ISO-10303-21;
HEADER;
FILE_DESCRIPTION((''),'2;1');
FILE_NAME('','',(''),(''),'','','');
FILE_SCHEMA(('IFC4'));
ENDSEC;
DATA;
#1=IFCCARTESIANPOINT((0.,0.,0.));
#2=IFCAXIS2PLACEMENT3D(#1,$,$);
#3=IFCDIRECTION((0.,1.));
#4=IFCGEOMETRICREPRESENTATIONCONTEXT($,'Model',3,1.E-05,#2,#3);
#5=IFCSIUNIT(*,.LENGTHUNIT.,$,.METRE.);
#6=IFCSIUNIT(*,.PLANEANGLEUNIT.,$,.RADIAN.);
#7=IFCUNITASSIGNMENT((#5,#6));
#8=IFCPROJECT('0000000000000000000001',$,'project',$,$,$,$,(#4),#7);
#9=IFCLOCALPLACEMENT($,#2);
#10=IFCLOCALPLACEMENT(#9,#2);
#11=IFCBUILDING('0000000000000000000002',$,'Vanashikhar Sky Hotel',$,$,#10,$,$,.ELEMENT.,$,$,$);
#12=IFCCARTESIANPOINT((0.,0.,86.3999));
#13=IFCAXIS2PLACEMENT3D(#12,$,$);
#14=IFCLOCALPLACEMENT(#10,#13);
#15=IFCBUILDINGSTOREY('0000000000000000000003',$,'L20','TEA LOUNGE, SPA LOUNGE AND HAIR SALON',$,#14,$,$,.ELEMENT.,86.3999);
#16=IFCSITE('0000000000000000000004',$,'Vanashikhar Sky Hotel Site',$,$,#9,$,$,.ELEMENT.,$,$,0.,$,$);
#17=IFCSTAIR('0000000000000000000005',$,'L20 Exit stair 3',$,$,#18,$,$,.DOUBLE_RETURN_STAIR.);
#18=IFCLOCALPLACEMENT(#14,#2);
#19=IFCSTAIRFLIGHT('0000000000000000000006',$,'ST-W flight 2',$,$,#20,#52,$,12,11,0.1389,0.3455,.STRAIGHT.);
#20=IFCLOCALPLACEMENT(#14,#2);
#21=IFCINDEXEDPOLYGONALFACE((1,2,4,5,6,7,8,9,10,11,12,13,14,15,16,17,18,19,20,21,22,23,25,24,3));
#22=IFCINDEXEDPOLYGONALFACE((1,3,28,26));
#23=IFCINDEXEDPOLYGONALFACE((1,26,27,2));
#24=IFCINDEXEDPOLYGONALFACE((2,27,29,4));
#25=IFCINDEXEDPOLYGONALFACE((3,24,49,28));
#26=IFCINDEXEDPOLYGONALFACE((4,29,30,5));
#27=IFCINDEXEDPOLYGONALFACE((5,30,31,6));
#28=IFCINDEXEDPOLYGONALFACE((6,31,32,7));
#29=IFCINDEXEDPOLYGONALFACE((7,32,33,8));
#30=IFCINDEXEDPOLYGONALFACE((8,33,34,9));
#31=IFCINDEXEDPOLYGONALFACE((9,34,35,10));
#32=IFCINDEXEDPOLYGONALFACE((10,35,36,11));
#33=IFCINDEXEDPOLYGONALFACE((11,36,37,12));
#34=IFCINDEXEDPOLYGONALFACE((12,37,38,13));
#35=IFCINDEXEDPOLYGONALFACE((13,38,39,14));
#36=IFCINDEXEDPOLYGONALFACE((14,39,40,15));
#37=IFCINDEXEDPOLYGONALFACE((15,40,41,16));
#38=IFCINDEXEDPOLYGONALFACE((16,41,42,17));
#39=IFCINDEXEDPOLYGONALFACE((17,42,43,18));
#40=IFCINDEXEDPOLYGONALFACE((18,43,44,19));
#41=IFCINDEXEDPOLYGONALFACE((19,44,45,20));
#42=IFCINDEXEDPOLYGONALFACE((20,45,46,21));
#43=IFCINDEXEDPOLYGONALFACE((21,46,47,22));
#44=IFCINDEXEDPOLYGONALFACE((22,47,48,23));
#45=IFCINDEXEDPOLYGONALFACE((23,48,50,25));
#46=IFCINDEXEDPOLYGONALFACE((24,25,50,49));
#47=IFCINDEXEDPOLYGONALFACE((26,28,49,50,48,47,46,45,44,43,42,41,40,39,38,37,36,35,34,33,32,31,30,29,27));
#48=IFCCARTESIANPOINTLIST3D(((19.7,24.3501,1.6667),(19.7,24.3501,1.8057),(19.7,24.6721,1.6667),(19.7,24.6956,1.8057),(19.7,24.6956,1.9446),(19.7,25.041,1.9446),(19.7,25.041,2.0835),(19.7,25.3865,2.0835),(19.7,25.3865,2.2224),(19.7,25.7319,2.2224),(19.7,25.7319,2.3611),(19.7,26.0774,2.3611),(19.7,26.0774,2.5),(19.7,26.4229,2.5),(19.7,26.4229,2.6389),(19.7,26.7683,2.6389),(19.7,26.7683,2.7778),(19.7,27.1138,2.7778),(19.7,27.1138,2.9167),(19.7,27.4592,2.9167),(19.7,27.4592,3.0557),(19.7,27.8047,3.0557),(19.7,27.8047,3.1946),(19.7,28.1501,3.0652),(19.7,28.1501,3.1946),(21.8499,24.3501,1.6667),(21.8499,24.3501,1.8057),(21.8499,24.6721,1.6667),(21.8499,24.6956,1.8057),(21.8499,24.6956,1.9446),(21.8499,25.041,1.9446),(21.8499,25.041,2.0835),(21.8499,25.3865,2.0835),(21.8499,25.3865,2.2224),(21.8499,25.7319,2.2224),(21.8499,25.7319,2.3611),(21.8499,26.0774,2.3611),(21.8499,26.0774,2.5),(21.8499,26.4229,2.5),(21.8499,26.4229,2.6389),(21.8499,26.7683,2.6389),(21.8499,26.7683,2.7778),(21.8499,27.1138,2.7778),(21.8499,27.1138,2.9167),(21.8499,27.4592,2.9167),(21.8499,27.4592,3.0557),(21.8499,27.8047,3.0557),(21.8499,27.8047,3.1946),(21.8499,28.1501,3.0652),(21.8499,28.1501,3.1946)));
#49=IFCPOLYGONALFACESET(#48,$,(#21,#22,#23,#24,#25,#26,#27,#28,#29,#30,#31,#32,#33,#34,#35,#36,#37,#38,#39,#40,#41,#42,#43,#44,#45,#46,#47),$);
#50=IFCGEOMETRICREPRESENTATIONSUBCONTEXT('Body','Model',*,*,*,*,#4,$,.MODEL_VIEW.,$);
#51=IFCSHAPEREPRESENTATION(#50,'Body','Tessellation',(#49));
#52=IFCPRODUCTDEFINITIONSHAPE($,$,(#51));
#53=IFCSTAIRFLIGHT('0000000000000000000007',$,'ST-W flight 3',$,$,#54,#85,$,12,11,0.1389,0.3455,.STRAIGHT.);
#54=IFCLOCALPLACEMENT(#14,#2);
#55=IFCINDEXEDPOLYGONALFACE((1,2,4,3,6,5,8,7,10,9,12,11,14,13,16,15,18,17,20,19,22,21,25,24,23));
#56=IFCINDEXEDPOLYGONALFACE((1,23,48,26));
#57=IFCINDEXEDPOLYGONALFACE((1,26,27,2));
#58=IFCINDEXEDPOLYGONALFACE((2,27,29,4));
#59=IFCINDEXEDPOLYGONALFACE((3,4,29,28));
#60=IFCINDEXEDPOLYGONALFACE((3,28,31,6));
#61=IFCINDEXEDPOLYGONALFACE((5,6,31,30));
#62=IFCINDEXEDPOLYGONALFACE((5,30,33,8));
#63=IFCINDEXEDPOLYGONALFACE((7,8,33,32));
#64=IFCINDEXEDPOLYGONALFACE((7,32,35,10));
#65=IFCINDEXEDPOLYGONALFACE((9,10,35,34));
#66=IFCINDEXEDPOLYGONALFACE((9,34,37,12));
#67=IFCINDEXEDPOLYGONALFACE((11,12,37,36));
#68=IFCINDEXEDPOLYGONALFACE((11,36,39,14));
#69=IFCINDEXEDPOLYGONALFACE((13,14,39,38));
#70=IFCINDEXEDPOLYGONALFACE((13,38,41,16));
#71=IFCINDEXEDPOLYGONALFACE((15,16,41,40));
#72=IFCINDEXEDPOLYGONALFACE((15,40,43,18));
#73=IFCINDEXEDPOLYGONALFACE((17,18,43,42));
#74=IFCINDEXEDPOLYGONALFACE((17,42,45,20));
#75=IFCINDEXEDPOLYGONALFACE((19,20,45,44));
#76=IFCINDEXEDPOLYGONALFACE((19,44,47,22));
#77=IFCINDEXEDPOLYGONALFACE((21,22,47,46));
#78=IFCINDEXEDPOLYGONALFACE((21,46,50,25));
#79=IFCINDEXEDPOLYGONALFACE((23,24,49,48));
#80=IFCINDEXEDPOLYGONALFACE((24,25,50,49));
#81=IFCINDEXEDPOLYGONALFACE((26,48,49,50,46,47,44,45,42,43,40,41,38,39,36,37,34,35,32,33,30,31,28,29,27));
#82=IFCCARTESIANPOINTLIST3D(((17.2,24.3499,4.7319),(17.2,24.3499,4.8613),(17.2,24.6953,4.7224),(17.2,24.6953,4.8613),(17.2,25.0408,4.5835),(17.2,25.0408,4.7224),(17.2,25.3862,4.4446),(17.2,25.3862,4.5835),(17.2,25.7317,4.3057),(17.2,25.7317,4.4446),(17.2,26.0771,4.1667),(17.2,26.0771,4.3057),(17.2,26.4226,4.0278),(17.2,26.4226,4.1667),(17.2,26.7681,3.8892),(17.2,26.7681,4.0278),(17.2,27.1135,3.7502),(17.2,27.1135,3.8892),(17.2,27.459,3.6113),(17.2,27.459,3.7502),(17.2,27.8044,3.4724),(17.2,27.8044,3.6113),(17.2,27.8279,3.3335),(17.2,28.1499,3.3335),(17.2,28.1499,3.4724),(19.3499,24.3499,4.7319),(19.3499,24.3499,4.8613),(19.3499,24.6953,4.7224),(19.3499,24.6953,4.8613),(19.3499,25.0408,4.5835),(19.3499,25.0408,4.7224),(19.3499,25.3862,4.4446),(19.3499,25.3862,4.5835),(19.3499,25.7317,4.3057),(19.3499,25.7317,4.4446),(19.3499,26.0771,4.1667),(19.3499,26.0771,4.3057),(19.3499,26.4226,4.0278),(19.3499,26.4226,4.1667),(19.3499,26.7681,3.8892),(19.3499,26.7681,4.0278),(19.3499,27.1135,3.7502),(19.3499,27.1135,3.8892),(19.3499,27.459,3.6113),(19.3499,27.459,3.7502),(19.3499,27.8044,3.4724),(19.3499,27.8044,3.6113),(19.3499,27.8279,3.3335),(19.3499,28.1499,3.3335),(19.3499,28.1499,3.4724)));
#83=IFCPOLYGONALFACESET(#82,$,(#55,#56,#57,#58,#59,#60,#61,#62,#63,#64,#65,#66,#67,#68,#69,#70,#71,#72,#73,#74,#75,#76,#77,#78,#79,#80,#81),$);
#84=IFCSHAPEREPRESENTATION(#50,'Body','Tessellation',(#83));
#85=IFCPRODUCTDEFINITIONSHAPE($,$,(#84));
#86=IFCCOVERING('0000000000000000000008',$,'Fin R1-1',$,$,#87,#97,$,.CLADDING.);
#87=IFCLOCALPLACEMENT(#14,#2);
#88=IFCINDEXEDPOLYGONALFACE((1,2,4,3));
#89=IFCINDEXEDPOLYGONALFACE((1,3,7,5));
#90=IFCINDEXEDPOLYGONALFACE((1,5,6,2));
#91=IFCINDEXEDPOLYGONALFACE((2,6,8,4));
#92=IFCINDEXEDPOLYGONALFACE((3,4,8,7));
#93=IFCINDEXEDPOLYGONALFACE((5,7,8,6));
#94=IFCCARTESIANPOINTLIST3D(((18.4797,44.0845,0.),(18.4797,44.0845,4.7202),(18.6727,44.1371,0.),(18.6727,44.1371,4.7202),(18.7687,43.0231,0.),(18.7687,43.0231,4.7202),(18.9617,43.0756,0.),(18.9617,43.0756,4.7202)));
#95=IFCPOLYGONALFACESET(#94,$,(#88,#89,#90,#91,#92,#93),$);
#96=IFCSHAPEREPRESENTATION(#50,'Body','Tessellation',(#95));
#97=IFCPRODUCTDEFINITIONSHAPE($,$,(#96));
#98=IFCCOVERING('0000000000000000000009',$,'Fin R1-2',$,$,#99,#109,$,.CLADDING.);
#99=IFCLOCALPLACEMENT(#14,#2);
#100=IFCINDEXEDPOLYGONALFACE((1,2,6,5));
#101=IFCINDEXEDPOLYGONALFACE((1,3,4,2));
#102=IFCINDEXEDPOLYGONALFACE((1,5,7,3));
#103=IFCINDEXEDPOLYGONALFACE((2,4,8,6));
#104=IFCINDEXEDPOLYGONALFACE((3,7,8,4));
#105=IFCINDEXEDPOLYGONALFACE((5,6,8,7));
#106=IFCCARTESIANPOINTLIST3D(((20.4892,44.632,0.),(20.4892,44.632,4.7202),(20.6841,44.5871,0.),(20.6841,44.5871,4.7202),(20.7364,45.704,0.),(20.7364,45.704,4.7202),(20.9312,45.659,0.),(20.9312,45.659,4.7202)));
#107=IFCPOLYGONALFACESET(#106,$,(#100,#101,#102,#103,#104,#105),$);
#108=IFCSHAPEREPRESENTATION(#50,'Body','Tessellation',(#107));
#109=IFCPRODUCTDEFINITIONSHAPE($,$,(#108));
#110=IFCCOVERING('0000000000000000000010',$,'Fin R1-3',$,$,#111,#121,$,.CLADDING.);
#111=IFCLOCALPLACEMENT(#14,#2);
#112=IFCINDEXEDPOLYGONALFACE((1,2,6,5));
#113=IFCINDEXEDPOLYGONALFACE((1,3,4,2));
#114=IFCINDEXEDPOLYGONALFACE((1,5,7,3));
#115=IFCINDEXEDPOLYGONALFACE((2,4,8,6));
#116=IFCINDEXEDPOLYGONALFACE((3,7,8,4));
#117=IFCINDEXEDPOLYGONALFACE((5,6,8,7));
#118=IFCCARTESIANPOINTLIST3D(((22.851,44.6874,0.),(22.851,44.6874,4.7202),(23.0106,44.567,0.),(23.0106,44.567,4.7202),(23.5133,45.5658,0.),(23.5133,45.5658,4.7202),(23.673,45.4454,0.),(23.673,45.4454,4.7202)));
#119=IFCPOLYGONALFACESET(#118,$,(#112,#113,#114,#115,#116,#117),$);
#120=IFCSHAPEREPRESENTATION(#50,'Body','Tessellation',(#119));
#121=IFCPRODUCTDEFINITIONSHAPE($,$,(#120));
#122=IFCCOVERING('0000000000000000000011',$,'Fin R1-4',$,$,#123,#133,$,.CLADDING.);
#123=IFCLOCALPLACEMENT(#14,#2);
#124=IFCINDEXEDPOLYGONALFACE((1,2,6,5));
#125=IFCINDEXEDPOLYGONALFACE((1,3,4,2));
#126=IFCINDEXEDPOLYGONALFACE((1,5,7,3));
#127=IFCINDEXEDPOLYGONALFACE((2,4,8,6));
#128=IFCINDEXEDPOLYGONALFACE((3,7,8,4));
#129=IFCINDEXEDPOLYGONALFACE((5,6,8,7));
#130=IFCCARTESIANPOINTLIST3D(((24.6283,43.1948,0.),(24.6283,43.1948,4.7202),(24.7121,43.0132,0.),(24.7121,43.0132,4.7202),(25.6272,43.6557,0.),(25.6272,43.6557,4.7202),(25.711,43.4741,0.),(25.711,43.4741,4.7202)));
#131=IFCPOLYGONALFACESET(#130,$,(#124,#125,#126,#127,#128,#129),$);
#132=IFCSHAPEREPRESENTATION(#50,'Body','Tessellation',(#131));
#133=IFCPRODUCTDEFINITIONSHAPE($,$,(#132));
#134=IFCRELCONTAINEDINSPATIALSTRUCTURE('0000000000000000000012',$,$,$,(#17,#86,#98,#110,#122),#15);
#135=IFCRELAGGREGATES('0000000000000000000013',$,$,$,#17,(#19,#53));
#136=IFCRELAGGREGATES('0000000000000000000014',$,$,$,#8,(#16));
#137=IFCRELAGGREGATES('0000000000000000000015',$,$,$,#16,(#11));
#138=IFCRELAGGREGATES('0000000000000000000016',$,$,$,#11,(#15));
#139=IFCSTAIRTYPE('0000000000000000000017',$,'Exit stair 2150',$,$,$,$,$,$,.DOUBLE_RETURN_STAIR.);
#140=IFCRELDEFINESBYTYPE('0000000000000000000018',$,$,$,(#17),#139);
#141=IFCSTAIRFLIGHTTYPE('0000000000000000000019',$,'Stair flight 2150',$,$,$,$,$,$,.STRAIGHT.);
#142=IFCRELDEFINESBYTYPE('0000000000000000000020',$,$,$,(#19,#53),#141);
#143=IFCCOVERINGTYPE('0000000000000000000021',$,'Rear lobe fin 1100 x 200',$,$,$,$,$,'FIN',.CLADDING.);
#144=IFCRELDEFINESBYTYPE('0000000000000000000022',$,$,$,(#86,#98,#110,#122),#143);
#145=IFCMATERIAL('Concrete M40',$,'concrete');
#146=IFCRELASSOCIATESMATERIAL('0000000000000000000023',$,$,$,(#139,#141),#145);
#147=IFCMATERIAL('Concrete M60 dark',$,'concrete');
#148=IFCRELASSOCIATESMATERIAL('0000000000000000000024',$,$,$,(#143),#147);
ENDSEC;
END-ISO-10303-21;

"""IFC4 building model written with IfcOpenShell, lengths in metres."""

from ifc_helpers import new_model, si_unit, direction, frame, origin, origin_2d, place, context, subcontext, project, spatial, polyline, rectangle, outline, extrude, source, transform, mapped, material, material_profile, profile_set, type_object, element, aggregate, save


model = new_model("IFC4")

# Units and contexts
model_context = context("Model", 3, precision=1e-05, world=origin(), true_north=direction((0.0, 1.0)))
body_context = subcontext(model_context, "Body", "Model", "MODEL_VIEW")
ifc_project = project(units=[si_unit("LENGTHUNIT", "METRE"), si_unit("PLANEANGLEUNIT", "RADIAN")], contexts=[model_context])

# Site, building, storey
site_placement = place(None, origin())
site = spatial("IfcSite", under=ifc_project, at=site_placement, Name="Vanashikhar Sky Hotel Site", CompositionType="ELEMENT", RefElevation=0.0)
building_placement = place(site_placement, origin())
building = spatial("IfcBuilding", under=site, at=building_placement, Name="Vanashikhar Sky Hotel", CompositionType="ELEMENT")
storey_placement = place(building_placement, frame((0.0, 0.0, 86.3999)))
storey = spatial("IfcBuildingStorey", under=building, at=storey_placement, Name="L20", Description="TEA LOUNGE, SPA LOUNGE AND HAIR SALON", CompositionType="ELEMENT", Elevation=86.3999)

# Stair, stair flights
ifc_material_1 = material(Name="Concrete M40", Category="concrete")
stair_type = type_object("IfcStairType", Name="Exit stair 2150", PredefinedType="DOUBLE_RETURN_STAIR", material=ifc_material_1)
stair_placement = place(storey_placement, origin())
stair = element("IfcStair", 1, at=stair_placement, inside=storey, type_object=stair_type, Name="L20 Exit stair 3", PredefinedType="DOUBLE_RETURN_STAIR")
stair_flight_type = type_object("IfcStairFlightType", Name="Stair flight 2150", PredefinedType="STRAIGHT", material=ifc_material_1)
shared_shape_1 = source(origin(), body_context, "Body", "SweptSolid", [
    extrude(outline(polyline([(0.0, 0.0), (0.0, 0.1389), (0.3455, 0.1389), (0.3455, 0.2778), (0.6909, 0.2778), (0.6909, 0.4167), (1.0364, 0.4167), (1.0364, 0.5557), (1.3818, 0.5557), (1.3818, 0.6943), (1.7273, 0.6943), (1.7273, 0.8333), (2.0728, 0.8333), (2.0728, 0.9722), (2.4182, 0.9722), (2.4182, 1.1111), (2.7637, 1.1111), (2.7637, 1.25), (3.1091, 1.25), (3.1091, 1.3889), (3.4546, 1.3889), (3.4546, 1.5278), (3.8, 1.5278), (3.8, 1.6667), (3.8, 1.3984), (0.322, 0.0), (0.0, 0.0)])), frame((0.0, 1.075, 0.0), z_axis=(0.0, -1.0, 0.0), x_axis=(1.0, 0.0, 0.0)), (0.0, 0.0, 1.0), 2.1499),
])
stair_flight_1_placement = place(storey_placement, frame((20.7749, 24.3501, 1.6667), z_axis=(0.0, 0.0, 1.0), x_axis=(0.0, 1.0, 0.0)))
stair_flight_1 = element("IfcStairFlight", 2, at=stair_flight_1_placement, type_object=stair_flight_type, Name="ST-W flight 2", NumberOfRisers=12, NumberOfTreads=11, PredefinedType="STRAIGHT", RiserHeight=0.1389, TreadLength=0.3455, context=body_context, shape_type="MappedRepresentation", body=[
    mapped(shared_shape_1, transform((0.0, 0.0, 0.0), scale=1.0)),
])
stair_flight_2_placement = place(storey_placement, frame((18.2749, 28.1499, 3.3335), z_axis=(0.0, 0.0, 1.0), x_axis=(0.0, -1.0, 0.0)))
stair_flight_2 = element("IfcStairFlight", 3, at=stair_flight_2_placement, type_object=stair_flight_type, Name="ST-W flight 3", NumberOfRisers=12, NumberOfTreads=11, PredefinedType="STRAIGHT", RiserHeight=0.1389, TreadLength=0.3455, context=body_context, shape_type="MappedRepresentation", body=[
    mapped(shared_shape_1, transform((0.0, 0.0, 0.0), scale=1.0)),
])
aggregate(stair, [stair_flight_1, stair_flight_2])

# Coverings
ifc_material_2 = material(Name="Concrete M60 dark", Category="concrete")
ifc_material_profile = material_profile(ifc_material_2, rectangle(XDim=1.1001, YDim=0.2, at=origin_2d()))
ifc_profile_set = profile_set([ifc_material_profile], Name="Rear lobe fin 1100 x 200")
covering_type = type_object("IfcCoveringType", Name="Rear lobe fin 1100 x 200", ElementType="FIN", PredefinedType="CLADDING", material=ifc_profile_set)
shared_shape_2 = source(origin(), body_context, "Body", "SweptSolid", [
    extrude(rectangle(XDim=1.1001, YDim=0.2, at=origin_2d()), origin(), (0.0, 0.0, 1.0), 4.7202),
])
for number, where, z_axis, x_axis, name in (
    (4, (18.7207, 43.5801, 0.0), (0.0, 0.0, 1.0), (-0.262711, 0.964874, 0.0), "Fin R1-1"),
    (5, (20.7102, 45.1455, 0.0), (0.0, 0.0, 1.0), (0.224645, 0.974441, 0.0), "Fin R1-2"),
    (6, (23.262, 45.0664, 0.0), (0.0, 0.0, 1.0), (0.602066, 0.798446, 0.0), "Fin R1-3"),
    (7, (25.1697, 43.3345, 0.0), (0.0, 0.0, 1.0), (0.908004, 0.418961, 0.0), "Fin R1-4"),
):
    element("IfcCovering", number, at=place(storey_placement, frame(where, z_axis=z_axis, x_axis=x_axis)), inside=storey, type_object=covering_type, Name=name, PredefinedType="CLADDING", context=body_context, shape_type="MappedRepresentation", body=[
        mapped(shared_shape_2, transform((0.0, 0.0, 0.0), scale=1.0)),
    ])

save(model, "model.ifc")
